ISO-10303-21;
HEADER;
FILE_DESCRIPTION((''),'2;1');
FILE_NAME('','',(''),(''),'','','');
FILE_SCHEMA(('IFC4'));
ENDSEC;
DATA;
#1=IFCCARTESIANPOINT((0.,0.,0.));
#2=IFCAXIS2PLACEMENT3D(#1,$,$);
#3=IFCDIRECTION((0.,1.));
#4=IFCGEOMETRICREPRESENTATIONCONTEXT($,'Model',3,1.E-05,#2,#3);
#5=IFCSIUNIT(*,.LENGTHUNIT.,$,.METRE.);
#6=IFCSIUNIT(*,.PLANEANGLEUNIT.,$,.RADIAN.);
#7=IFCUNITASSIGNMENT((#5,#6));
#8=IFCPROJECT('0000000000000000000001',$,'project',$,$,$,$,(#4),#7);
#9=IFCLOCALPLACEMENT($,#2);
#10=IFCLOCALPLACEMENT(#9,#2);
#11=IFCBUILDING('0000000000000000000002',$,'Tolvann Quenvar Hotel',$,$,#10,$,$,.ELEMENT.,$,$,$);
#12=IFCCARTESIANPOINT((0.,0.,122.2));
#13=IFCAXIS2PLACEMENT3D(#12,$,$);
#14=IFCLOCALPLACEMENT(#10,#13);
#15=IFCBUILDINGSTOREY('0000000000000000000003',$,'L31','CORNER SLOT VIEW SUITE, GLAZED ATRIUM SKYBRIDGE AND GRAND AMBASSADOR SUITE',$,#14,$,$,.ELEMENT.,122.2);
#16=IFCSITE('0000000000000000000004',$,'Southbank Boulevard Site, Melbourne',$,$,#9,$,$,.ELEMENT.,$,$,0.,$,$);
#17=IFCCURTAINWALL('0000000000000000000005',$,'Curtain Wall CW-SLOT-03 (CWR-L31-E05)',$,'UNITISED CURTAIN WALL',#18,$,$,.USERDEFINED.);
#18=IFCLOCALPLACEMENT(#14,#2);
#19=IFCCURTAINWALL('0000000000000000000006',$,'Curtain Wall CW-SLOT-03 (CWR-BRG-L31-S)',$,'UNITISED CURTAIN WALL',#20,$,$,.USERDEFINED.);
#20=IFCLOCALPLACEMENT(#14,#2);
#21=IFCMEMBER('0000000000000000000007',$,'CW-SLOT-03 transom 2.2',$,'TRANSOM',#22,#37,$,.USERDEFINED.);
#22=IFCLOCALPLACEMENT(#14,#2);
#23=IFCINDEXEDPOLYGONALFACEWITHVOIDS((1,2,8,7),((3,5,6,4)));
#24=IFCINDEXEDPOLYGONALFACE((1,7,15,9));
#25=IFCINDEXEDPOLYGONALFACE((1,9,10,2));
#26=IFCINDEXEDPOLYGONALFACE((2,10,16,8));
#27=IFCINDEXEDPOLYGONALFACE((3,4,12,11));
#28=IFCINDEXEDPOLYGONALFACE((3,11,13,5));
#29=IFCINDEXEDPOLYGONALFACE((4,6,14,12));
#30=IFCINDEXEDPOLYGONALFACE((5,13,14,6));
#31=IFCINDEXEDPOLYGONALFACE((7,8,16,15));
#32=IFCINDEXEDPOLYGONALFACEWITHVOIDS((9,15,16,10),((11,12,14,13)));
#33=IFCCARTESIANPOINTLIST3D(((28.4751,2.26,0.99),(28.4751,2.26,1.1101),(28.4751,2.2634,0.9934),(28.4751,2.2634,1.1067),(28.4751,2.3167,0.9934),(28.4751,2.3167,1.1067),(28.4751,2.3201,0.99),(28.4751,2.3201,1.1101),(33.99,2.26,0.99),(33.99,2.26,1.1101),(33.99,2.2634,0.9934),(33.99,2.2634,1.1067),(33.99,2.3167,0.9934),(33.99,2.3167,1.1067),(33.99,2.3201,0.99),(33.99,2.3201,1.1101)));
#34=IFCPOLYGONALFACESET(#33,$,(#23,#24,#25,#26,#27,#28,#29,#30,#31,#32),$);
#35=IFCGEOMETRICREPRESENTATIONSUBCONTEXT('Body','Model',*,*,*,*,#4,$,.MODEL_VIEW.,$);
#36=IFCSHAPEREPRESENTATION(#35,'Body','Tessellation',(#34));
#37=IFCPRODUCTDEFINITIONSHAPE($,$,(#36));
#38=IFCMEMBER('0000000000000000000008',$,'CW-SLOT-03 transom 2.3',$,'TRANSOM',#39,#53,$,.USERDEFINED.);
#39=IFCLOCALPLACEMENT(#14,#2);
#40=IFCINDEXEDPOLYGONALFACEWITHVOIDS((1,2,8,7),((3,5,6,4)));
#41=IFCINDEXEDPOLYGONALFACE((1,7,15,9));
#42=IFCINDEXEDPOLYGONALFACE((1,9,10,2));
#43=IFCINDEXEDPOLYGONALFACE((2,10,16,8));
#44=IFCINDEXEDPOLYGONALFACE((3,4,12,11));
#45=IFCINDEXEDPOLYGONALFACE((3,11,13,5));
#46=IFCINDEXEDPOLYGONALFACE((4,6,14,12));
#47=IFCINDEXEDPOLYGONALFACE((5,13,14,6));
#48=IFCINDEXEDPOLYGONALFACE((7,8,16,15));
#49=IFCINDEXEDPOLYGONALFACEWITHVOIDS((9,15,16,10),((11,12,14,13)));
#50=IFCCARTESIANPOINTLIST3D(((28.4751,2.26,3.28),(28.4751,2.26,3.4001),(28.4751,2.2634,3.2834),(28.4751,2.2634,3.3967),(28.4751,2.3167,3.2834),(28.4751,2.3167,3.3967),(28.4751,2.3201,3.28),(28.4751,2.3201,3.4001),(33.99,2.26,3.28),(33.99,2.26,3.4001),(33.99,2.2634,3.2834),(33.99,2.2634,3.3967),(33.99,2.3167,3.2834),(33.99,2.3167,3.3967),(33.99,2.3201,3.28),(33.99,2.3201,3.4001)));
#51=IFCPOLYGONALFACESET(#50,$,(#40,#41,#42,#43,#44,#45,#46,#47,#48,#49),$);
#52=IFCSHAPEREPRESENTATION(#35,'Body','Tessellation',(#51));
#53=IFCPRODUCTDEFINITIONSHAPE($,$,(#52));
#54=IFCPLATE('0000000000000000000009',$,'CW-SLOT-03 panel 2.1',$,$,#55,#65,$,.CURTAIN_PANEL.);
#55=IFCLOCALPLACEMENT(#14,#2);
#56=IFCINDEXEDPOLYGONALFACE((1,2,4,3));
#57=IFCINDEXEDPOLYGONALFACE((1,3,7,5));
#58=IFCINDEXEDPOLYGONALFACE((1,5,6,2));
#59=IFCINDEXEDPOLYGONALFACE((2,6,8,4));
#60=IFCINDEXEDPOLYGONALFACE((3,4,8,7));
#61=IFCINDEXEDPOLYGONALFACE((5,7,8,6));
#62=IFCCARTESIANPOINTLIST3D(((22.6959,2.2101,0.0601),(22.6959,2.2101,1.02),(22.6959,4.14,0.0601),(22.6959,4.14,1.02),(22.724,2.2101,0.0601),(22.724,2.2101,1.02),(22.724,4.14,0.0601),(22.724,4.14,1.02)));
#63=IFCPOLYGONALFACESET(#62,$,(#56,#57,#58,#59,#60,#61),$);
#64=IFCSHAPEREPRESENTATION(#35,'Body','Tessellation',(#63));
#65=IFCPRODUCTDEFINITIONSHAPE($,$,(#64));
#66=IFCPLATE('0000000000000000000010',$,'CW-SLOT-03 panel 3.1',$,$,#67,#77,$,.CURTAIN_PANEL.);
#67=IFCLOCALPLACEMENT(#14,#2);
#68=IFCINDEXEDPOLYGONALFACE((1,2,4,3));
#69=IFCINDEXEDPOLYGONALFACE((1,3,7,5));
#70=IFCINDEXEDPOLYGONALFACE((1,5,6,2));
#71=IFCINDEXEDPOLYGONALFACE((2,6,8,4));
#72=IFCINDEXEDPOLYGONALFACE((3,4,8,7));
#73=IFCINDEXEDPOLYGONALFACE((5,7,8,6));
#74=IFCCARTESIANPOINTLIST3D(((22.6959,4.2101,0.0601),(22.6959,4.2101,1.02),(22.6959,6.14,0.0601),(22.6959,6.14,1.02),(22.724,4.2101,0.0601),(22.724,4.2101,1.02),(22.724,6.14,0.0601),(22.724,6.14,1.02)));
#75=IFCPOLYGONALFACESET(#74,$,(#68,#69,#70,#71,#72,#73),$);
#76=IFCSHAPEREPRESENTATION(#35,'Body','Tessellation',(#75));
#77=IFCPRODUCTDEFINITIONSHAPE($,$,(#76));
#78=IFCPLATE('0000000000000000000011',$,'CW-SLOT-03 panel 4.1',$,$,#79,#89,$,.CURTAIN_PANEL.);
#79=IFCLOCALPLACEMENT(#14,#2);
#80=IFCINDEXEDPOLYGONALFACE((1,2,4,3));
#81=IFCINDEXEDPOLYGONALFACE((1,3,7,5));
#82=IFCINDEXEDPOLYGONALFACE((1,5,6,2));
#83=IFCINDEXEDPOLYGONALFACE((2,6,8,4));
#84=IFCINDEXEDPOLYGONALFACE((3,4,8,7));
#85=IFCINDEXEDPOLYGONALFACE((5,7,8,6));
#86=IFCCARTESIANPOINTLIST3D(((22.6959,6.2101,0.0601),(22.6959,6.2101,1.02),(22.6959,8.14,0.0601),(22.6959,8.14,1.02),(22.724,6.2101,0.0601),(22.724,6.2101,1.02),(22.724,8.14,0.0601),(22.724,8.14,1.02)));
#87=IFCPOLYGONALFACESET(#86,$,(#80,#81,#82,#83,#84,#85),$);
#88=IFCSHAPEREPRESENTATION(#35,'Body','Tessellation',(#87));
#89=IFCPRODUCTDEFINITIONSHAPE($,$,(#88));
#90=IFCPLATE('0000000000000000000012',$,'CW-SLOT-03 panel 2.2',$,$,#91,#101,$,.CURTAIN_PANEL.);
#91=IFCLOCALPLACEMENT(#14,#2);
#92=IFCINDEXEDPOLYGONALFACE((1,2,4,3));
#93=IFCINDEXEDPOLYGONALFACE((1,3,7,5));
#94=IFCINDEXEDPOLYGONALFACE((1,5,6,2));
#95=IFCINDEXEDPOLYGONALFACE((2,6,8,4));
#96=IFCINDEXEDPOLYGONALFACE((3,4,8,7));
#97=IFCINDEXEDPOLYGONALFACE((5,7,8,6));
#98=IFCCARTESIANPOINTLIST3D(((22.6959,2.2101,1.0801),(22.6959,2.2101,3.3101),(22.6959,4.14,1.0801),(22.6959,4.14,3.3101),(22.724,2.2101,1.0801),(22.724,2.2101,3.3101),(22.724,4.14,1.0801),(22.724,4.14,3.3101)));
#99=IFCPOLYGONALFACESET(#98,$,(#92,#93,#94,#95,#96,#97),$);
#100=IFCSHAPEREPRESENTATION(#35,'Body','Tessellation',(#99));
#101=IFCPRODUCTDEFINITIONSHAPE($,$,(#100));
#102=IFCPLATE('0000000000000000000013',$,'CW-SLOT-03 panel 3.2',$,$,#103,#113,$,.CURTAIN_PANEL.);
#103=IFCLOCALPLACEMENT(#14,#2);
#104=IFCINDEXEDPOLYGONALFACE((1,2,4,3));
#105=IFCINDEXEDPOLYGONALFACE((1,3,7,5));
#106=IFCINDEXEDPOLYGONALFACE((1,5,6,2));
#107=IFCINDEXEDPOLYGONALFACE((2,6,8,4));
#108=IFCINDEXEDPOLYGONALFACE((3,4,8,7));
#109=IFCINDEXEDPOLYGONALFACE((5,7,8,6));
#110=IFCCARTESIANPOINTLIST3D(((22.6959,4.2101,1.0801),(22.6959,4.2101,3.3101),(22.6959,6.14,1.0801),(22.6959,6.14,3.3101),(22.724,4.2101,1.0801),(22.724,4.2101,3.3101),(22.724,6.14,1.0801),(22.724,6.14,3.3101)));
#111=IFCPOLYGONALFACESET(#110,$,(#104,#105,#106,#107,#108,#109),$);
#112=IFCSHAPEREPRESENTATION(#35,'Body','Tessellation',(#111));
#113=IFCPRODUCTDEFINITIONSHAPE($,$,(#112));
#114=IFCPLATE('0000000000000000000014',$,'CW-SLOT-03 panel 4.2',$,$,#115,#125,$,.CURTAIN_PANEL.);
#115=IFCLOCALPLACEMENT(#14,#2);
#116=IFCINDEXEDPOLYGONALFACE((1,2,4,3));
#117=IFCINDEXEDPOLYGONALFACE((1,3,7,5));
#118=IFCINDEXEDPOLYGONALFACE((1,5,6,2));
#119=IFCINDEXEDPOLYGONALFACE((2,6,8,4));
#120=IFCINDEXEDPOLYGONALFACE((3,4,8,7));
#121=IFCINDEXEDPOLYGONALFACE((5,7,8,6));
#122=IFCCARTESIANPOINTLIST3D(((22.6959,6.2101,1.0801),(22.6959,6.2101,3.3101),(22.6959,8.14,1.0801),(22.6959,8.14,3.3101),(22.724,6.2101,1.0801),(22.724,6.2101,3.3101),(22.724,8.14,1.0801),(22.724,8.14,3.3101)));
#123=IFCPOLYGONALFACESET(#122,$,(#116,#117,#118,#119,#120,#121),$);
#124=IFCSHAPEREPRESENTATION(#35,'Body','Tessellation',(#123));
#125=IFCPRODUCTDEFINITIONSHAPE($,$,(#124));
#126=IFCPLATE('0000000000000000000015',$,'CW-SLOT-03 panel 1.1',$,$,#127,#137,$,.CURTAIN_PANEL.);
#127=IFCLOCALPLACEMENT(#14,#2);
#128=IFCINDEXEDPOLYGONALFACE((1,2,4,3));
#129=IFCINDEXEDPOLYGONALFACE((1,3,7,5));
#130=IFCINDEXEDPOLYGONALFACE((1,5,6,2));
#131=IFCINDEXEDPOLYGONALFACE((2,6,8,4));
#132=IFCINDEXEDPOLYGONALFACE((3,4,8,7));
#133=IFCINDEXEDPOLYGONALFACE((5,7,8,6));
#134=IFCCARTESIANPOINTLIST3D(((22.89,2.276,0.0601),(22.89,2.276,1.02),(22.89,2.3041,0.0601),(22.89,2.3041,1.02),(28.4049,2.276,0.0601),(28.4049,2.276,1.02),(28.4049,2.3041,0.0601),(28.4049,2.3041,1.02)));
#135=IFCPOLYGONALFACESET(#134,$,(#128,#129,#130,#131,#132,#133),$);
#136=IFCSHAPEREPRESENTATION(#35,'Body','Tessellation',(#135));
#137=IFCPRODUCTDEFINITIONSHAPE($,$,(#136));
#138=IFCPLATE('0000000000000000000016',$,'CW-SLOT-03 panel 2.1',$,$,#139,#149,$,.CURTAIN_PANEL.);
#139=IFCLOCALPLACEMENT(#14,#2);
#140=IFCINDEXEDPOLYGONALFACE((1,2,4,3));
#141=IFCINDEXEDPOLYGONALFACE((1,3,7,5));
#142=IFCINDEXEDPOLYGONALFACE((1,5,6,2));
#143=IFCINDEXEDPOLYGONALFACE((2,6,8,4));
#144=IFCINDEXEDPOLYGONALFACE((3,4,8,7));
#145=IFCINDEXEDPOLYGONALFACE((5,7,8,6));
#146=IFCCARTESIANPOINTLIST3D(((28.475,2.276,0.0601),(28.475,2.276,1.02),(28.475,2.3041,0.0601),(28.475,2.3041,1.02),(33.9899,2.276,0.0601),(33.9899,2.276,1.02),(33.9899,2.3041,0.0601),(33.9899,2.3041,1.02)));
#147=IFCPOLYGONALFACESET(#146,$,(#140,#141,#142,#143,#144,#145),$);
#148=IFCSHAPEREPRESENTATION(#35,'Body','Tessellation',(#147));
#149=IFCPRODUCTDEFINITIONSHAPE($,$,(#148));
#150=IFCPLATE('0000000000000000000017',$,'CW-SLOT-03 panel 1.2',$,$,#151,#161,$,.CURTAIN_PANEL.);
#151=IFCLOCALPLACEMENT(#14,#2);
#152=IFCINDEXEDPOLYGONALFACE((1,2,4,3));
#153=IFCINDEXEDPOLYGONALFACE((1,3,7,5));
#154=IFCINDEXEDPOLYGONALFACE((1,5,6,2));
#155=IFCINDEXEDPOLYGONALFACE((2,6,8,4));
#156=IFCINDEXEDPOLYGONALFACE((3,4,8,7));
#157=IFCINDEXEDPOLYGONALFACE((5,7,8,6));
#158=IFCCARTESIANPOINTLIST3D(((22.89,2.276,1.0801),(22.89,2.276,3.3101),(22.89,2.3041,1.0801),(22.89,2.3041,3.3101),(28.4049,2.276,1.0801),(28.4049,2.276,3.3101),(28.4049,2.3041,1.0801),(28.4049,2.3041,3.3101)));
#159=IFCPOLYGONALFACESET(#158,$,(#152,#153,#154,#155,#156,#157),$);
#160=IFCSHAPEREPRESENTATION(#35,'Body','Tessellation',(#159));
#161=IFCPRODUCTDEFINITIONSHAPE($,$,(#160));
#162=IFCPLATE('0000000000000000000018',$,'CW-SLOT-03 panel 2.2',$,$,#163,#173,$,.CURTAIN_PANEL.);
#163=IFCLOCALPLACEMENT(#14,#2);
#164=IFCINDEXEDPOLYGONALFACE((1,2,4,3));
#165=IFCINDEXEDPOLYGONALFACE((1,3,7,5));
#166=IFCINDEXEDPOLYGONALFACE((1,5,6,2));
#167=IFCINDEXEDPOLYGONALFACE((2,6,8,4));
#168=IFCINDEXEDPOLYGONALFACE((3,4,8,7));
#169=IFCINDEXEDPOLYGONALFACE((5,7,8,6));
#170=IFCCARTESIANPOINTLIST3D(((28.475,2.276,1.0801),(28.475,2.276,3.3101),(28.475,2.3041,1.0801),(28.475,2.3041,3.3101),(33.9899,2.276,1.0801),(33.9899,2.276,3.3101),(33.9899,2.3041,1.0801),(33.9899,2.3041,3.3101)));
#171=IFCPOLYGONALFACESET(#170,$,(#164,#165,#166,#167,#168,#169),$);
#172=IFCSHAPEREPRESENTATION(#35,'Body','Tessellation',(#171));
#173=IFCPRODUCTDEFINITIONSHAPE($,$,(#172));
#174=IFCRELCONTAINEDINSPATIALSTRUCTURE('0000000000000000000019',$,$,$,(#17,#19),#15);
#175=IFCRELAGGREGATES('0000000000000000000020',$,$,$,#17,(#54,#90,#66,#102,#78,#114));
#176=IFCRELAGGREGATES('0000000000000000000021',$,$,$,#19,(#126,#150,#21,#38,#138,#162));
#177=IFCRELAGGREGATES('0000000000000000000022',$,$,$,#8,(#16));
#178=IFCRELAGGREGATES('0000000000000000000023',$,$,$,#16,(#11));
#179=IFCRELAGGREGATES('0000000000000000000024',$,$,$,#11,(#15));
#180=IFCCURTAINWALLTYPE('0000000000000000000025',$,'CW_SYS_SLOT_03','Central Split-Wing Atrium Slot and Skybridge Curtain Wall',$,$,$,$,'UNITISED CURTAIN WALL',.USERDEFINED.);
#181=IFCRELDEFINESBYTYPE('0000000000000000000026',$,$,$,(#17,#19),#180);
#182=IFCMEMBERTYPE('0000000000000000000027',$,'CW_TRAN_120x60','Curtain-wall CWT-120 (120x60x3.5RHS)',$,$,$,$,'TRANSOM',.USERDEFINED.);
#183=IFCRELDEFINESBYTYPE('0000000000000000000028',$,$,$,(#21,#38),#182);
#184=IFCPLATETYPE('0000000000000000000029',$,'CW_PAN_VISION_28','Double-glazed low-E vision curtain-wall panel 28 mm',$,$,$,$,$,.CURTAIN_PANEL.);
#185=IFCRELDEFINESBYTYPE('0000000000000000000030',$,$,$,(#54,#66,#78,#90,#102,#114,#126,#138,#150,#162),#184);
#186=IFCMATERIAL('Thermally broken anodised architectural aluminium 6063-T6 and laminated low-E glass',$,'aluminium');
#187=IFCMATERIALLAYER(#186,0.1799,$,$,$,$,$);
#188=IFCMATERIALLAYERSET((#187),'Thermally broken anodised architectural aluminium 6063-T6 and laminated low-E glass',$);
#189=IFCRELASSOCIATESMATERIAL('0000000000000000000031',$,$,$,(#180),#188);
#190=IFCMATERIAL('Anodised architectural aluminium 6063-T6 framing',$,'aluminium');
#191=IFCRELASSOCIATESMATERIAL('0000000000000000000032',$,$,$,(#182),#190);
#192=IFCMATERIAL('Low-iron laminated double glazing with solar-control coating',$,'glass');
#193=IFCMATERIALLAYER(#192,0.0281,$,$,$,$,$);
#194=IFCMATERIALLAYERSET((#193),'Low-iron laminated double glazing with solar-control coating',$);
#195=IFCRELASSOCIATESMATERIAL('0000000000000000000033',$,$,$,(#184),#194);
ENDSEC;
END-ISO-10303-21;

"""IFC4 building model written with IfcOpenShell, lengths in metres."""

from ifc_helpers import new_model, si_unit, direction, frame, origin, origin_2d, place, context, subcontext, project, spatial, rectangle, hollow_rectangle, extrude, source, transform, mapped, material, layer, layer_set, material_profile, profile_set, type_object, type_shapes, element, aggregate, save


model = new_model("IFC4")

# Units and contexts
model_context = context("Model", 3, precision=1e-05, world=origin(), true_north=direction((0.0, 1.0)))
body_context = subcontext(model_context, "Body", "Model", "MODEL_VIEW")
ifc_project = project(units=[si_unit("LENGTHUNIT", "METRE"), si_unit("PLANEANGLEUNIT", "RADIAN")], contexts=[model_context])

# Site, building, storey
site_placement = place(None, origin())
site = spatial("IfcSite", under=ifc_project, at=site_placement, Name="Southbank Boulevard Site, Melbourne", CompositionType="ELEMENT", RefElevation=0.0)
building_placement = place(site_placement, origin())
building = spatial("IfcBuilding", under=site, at=building_placement, Name="Tolvann Quenvar Hotel", CompositionType="ELEMENT")
storey_placement = place(building_placement, frame((0.0, 0.0, 122.2)))
storey = spatial("IfcBuildingStorey", under=building, at=storey_placement, Name="L31", Description="CORNER SLOT VIEW SUITE, GLAZED ATRIUM SKYBRIDGE AND GRAND AMBASSADOR SUITE", CompositionType="ELEMENT", Elevation=122.2)

# Curtain walls
ifc_material_1 = material(Name="Thermally broken anodised architectural aluminium 6063-T6 and laminated low-E glass", Category="aluminium")
ifc_layer_1 = layer(ifc_material_1, 0.1799)
ifc_layer_set_1 = layer_set([ifc_layer_1], Name="Thermally broken anodised architectural aluminium 6063-T6 and laminated low-E glass")
curtain_wall_type = type_object("IfcCurtainWallType", Name="CW_SYS_SLOT_03", Description="Central Split-Wing Atrium Slot and Skybridge Curtain Wall", ElementType="UNITISED CURTAIN WALL", PredefinedType="USERDEFINED", material=ifc_layer_set_1)
curtain_wall_1_placement = place(storey_placement, origin())
curtain_wall_1 = element("IfcCurtainWall", 1, at=curtain_wall_1_placement, inside=storey, type_object=curtain_wall_type, Name="Curtain Wall CW-SLOT-03 (CWR-L31-E05)", ObjectType="UNITISED CURTAIN WALL", PredefinedType="USERDEFINED")
ifc_material_2 = material(Name="Anodised architectural aluminium 6063-T6 framing", Category="aluminium")
curtain_wall_2_placement = place(storey_placement, origin())
curtain_wall_2 = element("IfcCurtainWall", 2, at=curtain_wall_2_placement, inside=storey, type_object=curtain_wall_type, Name="Curtain Wall CW-SLOT-03 (CWR-BRG-L31-S)", ObjectType="UNITISED CURTAIN WALL", PredefinedType="USERDEFINED")

# Members
ifc_material_profile_1 = material_profile(ifc_material_2, hollow_rectangle(XDim=0.0601, YDim=0.1201, WallThickness=0.0034, at=origin_2d()), Name="120x60x3.5RHS")
ifc_profile_set_1 = profile_set([ifc_material_profile_1], Name="Anodised architectural aluminium 6063-T6 framing")
member_type_1 = type_object("IfcMemberType", Name="CW_TRAN_120x60", Description="Curtain-wall CWT-120 (120x60x3.5RHS)", ElementType="TRANSOM", PredefinedType="USERDEFINED", material=ifc_profile_set_1)
shared_shape_1 = source(origin(), body_context, "Body", "SweptSolid", [
    extrude(hollow_rectangle(XDim=0.0601, YDim=0.1201, WallThickness=0.0034, at=origin_2d()), origin(), (0.0, 0.0, 1.0), 5.5149),
])
member_1_placement = place(storey_placement, frame((28.4751, 2.29, 1.05), z_axis=(1.0, 0.0, 0.0), x_axis=(0.0, 1.0, 0.0)))
member_1 = element("IfcMember", 3, at=member_1_placement, type_object=member_type_1, Name="CW-SLOT-03 transom 2.2", ObjectType="TRANSOM", PredefinedType="USERDEFINED", context=body_context, shape_type="MappedRepresentation", body=[
    mapped(shared_shape_1, transform((0.0, 0.0, 0.0), x_axis=(1.0, 0.0, 0.0), y_axis=(0.0, 1.0, 0.0), z_axis=(0.0, 0.0, 1.0), scale=1.0)),
])
member_2_placement = place(storey_placement, frame((28.4751, 2.29, 3.3401), z_axis=(1.0, 0.0, 0.0), x_axis=(0.0, 1.0, 0.0)))
member_2 = element("IfcMember", 4, at=member_2_placement, type_object=member_type_1, Name="CW-SLOT-03 transom 2.3", ObjectType="TRANSOM", PredefinedType="USERDEFINED", context=body_context, shape_type="MappedRepresentation", body=[
    mapped(shared_shape_1, transform((0.0, 0.0, 0.0), x_axis=(1.0, 0.0, 0.0), y_axis=(0.0, 1.0, 0.0), z_axis=(0.0, 0.0, 1.0), scale=1.0)),
])

# Plates
ifc_material_3 = material(Name="Low-iron laminated double glazing with solar-control coating", Category="glass")
ifc_layer_2 = layer(ifc_material_3, 0.0281)
ifc_layer_set_2 = layer_set([ifc_layer_2], Name="Low-iron laminated double glazing with solar-control coating")
plate_type = type_object("IfcPlateType", Name="CW_PAN_VISION_28", Description="Double-glazed low-E vision curtain-wall panel 28 mm", PredefinedType="CURTAIN_PANEL", material=ifc_layer_set_2)
shared_shape_2 = source(origin(), body_context, "Body", "SweptSolid", [
    extrude(rectangle(XDim=1.9299, YDim=0.0281, at=origin_2d()), origin(), (0.0, 0.0, 1.0), 0.96),
])
plate_1_placement = place(storey_placement, frame((22.71, 3.175, 0.0601), z_axis=(0.0, 0.0, 1.0), x_axis=(0.0, 1.0, 0.0)))
plate_1 = element("IfcPlate", 5, at=plate_1_placement, type_object=plate_type, Name="CW-SLOT-03 panel 2.1", PredefinedType="CURTAIN_PANEL", context=body_context, shape_type="MappedRepresentation", body=[
    mapped(shared_shape_2, transform((0.0, 0.0, 0.0), x_axis=(1.0, 0.0, 0.0), y_axis=(0.0, 1.0, 0.0), z_axis=(0.0, 0.0, 1.0), scale=1.0)),
])
plate_2_placement = place(storey_placement, frame((22.71, 5.175, 0.0601), z_axis=(0.0, 0.0, 1.0), x_axis=(0.0, 1.0, 0.0)))
plate_2 = element("IfcPlate", 6, at=plate_2_placement, type_object=plate_type, Name="CW-SLOT-03 panel 3.1", PredefinedType="CURTAIN_PANEL", context=body_context, shape_type="MappedRepresentation", body=[
    mapped(shared_shape_2, transform((0.0, 0.0, 0.0), x_axis=(1.0, 0.0, 0.0), y_axis=(0.0, 1.0, 0.0), z_axis=(0.0, 0.0, 1.0), scale=1.0)),
])
plate_3_placement = place(storey_placement, frame((22.71, 7.175, 0.0601), z_axis=(0.0, 0.0, 1.0), x_axis=(0.0, 1.0, 0.0)))
plate_3 = element("IfcPlate", 7, at=plate_3_placement, type_object=plate_type, Name="CW-SLOT-03 panel 4.1", PredefinedType="CURTAIN_PANEL", context=body_context, shape_type="MappedRepresentation", body=[
    mapped(shared_shape_2, transform((0.0, 0.0, 0.0), x_axis=(1.0, 0.0, 0.0), y_axis=(0.0, 1.0, 0.0), z_axis=(0.0, 0.0, 1.0), scale=1.0)),
])
shared_shape_3 = source(origin(), body_context, "Body", "SweptSolid", [
    extrude(rectangle(XDim=1.9299, YDim=0.0281, at=origin_2d()), origin(), (0.0, 0.0, 1.0), 2.23),
])
plate_4_placement = place(storey_placement, frame((22.71, 3.175, 1.0801), z_axis=(0.0, 0.0, 1.0), x_axis=(0.0, 1.0, 0.0)))
plate_4 = element("IfcPlate", 8, at=plate_4_placement, type_object=plate_type, Name="CW-SLOT-03 panel 2.2", PredefinedType="CURTAIN_PANEL", context=body_context, shape_type="MappedRepresentation", body=[
    mapped(shared_shape_3, transform((0.0, 0.0, 0.0), x_axis=(1.0, 0.0, 0.0), y_axis=(0.0, 1.0, 0.0), z_axis=(0.0, 0.0, 1.0), scale=1.0)),
])
plate_5_placement = place(storey_placement, frame((22.71, 5.175, 1.0801), z_axis=(0.0, 0.0, 1.0), x_axis=(0.0, 1.0, 0.0)))
plate_5 = element("IfcPlate", 9, at=plate_5_placement, type_object=plate_type, Name="CW-SLOT-03 panel 3.2", PredefinedType="CURTAIN_PANEL", context=body_context, shape_type="MappedRepresentation", body=[
    mapped(shared_shape_3, transform((0.0, 0.0, 0.0), x_axis=(1.0, 0.0, 0.0), y_axis=(0.0, 1.0, 0.0), z_axis=(0.0, 0.0, 1.0), scale=1.0)),
])
plate_6_placement = place(storey_placement, frame((22.71, 7.175, 1.0801), z_axis=(0.0, 0.0, 1.0), x_axis=(0.0, 1.0, 0.0)))
plate_6 = element("IfcPlate", 10, at=plate_6_placement, type_object=plate_type, Name="CW-SLOT-03 panel 4.2", PredefinedType="CURTAIN_PANEL", context=body_context, shape_type="MappedRepresentation", body=[
    mapped(shared_shape_3, transform((0.0, 0.0, 0.0), x_axis=(1.0, 0.0, 0.0), y_axis=(0.0, 1.0, 0.0), z_axis=(0.0, 0.0, 1.0), scale=1.0)),
])
aggregate(curtain_wall_1, [plate_1, plate_4, plate_2, plate_5, plate_3, plate_6])
shared_shape_4 = source(origin(), body_context, "Body", "SweptSolid", [
    extrude(rectangle(XDim=5.5149, YDim=0.0281, at=origin_2d()), origin(), (0.0, 0.0, 1.0), 0.96),
])
plate_7_placement = place(storey_placement, frame((25.6475, 2.29, 0.0601), z_axis=(0.0, 0.0, 1.0), x_axis=(1.0, 0.0, 0.0)))
plate_7 = element("IfcPlate", 11, at=plate_7_placement, type_object=plate_type, Name="CW-SLOT-03 panel 1.1", PredefinedType="CURTAIN_PANEL", context=body_context, shape_type="MappedRepresentation", body=[
    mapped(shared_shape_4, transform((0.0, 0.0, 0.0), x_axis=(1.0, 0.0, 0.0), y_axis=(0.0, 1.0, 0.0), z_axis=(0.0, 0.0, 1.0), scale=1.0)),
])
plate_8_placement = place(storey_placement, frame((31.2324, 2.29, 0.0601), z_axis=(0.0, 0.0, 1.0), x_axis=(1.0, 0.0, 0.0)))
plate_8 = element("IfcPlate", 12, at=plate_8_placement, type_object=plate_type, Name="CW-SLOT-03 panel 2.1", PredefinedType="CURTAIN_PANEL", context=body_context, shape_type="MappedRepresentation", body=[
    mapped(shared_shape_4, transform((0.0, 0.0, 0.0), x_axis=(1.0, 0.0, 0.0), y_axis=(0.0, 1.0, 0.0), z_axis=(0.0, 0.0, 1.0), scale=1.0)),
])
shared_shape_5 = source(origin(), body_context, "Body", "SweptSolid", [
    extrude(rectangle(XDim=5.5149, YDim=0.0281, at=origin_2d()), origin(), (0.0, 0.0, 1.0), 2.23),
])
type_shapes(plate_type, [shared_shape_2, shared_shape_3, shared_shape_4, shared_shape_5])
plate_9_placement = place(storey_placement, frame((25.6475, 2.29, 1.0801), z_axis=(0.0, 0.0, 1.0), x_axis=(1.0, 0.0, 0.0)))
plate_9 = element("IfcPlate", 13, at=plate_9_placement, type_object=plate_type, Name="CW-SLOT-03 panel 1.2", PredefinedType="CURTAIN_PANEL", context=body_context, shape_type="MappedRepresentation", body=[
    mapped(shared_shape_5, transform((0.0, 0.0, 0.0), x_axis=(1.0, 0.0, 0.0), y_axis=(0.0, 1.0, 0.0), z_axis=(0.0, 0.0, 1.0), scale=1.0)),
])
plate_10_placement = place(storey_placement, frame((31.2324, 2.29, 1.0801), z_axis=(0.0, 0.0, 1.0), x_axis=(1.0, 0.0, 0.0)))
plate_10 = element("IfcPlate", 14, at=plate_10_placement, type_object=plate_type, Name="CW-SLOT-03 panel 2.2", PredefinedType="CURTAIN_PANEL", context=body_context, shape_type="MappedRepresentation", body=[
    mapped(shared_shape_5, transform((0.0, 0.0, 0.0), x_axis=(1.0, 0.0, 0.0), y_axis=(0.0, 1.0, 0.0), z_axis=(0.0, 0.0, 1.0), scale=1.0)),
])
aggregate(curtain_wall_2, [plate_7, plate_9, member_1, member_2, plate_8, plate_10])

save(model, "model.ifc")
